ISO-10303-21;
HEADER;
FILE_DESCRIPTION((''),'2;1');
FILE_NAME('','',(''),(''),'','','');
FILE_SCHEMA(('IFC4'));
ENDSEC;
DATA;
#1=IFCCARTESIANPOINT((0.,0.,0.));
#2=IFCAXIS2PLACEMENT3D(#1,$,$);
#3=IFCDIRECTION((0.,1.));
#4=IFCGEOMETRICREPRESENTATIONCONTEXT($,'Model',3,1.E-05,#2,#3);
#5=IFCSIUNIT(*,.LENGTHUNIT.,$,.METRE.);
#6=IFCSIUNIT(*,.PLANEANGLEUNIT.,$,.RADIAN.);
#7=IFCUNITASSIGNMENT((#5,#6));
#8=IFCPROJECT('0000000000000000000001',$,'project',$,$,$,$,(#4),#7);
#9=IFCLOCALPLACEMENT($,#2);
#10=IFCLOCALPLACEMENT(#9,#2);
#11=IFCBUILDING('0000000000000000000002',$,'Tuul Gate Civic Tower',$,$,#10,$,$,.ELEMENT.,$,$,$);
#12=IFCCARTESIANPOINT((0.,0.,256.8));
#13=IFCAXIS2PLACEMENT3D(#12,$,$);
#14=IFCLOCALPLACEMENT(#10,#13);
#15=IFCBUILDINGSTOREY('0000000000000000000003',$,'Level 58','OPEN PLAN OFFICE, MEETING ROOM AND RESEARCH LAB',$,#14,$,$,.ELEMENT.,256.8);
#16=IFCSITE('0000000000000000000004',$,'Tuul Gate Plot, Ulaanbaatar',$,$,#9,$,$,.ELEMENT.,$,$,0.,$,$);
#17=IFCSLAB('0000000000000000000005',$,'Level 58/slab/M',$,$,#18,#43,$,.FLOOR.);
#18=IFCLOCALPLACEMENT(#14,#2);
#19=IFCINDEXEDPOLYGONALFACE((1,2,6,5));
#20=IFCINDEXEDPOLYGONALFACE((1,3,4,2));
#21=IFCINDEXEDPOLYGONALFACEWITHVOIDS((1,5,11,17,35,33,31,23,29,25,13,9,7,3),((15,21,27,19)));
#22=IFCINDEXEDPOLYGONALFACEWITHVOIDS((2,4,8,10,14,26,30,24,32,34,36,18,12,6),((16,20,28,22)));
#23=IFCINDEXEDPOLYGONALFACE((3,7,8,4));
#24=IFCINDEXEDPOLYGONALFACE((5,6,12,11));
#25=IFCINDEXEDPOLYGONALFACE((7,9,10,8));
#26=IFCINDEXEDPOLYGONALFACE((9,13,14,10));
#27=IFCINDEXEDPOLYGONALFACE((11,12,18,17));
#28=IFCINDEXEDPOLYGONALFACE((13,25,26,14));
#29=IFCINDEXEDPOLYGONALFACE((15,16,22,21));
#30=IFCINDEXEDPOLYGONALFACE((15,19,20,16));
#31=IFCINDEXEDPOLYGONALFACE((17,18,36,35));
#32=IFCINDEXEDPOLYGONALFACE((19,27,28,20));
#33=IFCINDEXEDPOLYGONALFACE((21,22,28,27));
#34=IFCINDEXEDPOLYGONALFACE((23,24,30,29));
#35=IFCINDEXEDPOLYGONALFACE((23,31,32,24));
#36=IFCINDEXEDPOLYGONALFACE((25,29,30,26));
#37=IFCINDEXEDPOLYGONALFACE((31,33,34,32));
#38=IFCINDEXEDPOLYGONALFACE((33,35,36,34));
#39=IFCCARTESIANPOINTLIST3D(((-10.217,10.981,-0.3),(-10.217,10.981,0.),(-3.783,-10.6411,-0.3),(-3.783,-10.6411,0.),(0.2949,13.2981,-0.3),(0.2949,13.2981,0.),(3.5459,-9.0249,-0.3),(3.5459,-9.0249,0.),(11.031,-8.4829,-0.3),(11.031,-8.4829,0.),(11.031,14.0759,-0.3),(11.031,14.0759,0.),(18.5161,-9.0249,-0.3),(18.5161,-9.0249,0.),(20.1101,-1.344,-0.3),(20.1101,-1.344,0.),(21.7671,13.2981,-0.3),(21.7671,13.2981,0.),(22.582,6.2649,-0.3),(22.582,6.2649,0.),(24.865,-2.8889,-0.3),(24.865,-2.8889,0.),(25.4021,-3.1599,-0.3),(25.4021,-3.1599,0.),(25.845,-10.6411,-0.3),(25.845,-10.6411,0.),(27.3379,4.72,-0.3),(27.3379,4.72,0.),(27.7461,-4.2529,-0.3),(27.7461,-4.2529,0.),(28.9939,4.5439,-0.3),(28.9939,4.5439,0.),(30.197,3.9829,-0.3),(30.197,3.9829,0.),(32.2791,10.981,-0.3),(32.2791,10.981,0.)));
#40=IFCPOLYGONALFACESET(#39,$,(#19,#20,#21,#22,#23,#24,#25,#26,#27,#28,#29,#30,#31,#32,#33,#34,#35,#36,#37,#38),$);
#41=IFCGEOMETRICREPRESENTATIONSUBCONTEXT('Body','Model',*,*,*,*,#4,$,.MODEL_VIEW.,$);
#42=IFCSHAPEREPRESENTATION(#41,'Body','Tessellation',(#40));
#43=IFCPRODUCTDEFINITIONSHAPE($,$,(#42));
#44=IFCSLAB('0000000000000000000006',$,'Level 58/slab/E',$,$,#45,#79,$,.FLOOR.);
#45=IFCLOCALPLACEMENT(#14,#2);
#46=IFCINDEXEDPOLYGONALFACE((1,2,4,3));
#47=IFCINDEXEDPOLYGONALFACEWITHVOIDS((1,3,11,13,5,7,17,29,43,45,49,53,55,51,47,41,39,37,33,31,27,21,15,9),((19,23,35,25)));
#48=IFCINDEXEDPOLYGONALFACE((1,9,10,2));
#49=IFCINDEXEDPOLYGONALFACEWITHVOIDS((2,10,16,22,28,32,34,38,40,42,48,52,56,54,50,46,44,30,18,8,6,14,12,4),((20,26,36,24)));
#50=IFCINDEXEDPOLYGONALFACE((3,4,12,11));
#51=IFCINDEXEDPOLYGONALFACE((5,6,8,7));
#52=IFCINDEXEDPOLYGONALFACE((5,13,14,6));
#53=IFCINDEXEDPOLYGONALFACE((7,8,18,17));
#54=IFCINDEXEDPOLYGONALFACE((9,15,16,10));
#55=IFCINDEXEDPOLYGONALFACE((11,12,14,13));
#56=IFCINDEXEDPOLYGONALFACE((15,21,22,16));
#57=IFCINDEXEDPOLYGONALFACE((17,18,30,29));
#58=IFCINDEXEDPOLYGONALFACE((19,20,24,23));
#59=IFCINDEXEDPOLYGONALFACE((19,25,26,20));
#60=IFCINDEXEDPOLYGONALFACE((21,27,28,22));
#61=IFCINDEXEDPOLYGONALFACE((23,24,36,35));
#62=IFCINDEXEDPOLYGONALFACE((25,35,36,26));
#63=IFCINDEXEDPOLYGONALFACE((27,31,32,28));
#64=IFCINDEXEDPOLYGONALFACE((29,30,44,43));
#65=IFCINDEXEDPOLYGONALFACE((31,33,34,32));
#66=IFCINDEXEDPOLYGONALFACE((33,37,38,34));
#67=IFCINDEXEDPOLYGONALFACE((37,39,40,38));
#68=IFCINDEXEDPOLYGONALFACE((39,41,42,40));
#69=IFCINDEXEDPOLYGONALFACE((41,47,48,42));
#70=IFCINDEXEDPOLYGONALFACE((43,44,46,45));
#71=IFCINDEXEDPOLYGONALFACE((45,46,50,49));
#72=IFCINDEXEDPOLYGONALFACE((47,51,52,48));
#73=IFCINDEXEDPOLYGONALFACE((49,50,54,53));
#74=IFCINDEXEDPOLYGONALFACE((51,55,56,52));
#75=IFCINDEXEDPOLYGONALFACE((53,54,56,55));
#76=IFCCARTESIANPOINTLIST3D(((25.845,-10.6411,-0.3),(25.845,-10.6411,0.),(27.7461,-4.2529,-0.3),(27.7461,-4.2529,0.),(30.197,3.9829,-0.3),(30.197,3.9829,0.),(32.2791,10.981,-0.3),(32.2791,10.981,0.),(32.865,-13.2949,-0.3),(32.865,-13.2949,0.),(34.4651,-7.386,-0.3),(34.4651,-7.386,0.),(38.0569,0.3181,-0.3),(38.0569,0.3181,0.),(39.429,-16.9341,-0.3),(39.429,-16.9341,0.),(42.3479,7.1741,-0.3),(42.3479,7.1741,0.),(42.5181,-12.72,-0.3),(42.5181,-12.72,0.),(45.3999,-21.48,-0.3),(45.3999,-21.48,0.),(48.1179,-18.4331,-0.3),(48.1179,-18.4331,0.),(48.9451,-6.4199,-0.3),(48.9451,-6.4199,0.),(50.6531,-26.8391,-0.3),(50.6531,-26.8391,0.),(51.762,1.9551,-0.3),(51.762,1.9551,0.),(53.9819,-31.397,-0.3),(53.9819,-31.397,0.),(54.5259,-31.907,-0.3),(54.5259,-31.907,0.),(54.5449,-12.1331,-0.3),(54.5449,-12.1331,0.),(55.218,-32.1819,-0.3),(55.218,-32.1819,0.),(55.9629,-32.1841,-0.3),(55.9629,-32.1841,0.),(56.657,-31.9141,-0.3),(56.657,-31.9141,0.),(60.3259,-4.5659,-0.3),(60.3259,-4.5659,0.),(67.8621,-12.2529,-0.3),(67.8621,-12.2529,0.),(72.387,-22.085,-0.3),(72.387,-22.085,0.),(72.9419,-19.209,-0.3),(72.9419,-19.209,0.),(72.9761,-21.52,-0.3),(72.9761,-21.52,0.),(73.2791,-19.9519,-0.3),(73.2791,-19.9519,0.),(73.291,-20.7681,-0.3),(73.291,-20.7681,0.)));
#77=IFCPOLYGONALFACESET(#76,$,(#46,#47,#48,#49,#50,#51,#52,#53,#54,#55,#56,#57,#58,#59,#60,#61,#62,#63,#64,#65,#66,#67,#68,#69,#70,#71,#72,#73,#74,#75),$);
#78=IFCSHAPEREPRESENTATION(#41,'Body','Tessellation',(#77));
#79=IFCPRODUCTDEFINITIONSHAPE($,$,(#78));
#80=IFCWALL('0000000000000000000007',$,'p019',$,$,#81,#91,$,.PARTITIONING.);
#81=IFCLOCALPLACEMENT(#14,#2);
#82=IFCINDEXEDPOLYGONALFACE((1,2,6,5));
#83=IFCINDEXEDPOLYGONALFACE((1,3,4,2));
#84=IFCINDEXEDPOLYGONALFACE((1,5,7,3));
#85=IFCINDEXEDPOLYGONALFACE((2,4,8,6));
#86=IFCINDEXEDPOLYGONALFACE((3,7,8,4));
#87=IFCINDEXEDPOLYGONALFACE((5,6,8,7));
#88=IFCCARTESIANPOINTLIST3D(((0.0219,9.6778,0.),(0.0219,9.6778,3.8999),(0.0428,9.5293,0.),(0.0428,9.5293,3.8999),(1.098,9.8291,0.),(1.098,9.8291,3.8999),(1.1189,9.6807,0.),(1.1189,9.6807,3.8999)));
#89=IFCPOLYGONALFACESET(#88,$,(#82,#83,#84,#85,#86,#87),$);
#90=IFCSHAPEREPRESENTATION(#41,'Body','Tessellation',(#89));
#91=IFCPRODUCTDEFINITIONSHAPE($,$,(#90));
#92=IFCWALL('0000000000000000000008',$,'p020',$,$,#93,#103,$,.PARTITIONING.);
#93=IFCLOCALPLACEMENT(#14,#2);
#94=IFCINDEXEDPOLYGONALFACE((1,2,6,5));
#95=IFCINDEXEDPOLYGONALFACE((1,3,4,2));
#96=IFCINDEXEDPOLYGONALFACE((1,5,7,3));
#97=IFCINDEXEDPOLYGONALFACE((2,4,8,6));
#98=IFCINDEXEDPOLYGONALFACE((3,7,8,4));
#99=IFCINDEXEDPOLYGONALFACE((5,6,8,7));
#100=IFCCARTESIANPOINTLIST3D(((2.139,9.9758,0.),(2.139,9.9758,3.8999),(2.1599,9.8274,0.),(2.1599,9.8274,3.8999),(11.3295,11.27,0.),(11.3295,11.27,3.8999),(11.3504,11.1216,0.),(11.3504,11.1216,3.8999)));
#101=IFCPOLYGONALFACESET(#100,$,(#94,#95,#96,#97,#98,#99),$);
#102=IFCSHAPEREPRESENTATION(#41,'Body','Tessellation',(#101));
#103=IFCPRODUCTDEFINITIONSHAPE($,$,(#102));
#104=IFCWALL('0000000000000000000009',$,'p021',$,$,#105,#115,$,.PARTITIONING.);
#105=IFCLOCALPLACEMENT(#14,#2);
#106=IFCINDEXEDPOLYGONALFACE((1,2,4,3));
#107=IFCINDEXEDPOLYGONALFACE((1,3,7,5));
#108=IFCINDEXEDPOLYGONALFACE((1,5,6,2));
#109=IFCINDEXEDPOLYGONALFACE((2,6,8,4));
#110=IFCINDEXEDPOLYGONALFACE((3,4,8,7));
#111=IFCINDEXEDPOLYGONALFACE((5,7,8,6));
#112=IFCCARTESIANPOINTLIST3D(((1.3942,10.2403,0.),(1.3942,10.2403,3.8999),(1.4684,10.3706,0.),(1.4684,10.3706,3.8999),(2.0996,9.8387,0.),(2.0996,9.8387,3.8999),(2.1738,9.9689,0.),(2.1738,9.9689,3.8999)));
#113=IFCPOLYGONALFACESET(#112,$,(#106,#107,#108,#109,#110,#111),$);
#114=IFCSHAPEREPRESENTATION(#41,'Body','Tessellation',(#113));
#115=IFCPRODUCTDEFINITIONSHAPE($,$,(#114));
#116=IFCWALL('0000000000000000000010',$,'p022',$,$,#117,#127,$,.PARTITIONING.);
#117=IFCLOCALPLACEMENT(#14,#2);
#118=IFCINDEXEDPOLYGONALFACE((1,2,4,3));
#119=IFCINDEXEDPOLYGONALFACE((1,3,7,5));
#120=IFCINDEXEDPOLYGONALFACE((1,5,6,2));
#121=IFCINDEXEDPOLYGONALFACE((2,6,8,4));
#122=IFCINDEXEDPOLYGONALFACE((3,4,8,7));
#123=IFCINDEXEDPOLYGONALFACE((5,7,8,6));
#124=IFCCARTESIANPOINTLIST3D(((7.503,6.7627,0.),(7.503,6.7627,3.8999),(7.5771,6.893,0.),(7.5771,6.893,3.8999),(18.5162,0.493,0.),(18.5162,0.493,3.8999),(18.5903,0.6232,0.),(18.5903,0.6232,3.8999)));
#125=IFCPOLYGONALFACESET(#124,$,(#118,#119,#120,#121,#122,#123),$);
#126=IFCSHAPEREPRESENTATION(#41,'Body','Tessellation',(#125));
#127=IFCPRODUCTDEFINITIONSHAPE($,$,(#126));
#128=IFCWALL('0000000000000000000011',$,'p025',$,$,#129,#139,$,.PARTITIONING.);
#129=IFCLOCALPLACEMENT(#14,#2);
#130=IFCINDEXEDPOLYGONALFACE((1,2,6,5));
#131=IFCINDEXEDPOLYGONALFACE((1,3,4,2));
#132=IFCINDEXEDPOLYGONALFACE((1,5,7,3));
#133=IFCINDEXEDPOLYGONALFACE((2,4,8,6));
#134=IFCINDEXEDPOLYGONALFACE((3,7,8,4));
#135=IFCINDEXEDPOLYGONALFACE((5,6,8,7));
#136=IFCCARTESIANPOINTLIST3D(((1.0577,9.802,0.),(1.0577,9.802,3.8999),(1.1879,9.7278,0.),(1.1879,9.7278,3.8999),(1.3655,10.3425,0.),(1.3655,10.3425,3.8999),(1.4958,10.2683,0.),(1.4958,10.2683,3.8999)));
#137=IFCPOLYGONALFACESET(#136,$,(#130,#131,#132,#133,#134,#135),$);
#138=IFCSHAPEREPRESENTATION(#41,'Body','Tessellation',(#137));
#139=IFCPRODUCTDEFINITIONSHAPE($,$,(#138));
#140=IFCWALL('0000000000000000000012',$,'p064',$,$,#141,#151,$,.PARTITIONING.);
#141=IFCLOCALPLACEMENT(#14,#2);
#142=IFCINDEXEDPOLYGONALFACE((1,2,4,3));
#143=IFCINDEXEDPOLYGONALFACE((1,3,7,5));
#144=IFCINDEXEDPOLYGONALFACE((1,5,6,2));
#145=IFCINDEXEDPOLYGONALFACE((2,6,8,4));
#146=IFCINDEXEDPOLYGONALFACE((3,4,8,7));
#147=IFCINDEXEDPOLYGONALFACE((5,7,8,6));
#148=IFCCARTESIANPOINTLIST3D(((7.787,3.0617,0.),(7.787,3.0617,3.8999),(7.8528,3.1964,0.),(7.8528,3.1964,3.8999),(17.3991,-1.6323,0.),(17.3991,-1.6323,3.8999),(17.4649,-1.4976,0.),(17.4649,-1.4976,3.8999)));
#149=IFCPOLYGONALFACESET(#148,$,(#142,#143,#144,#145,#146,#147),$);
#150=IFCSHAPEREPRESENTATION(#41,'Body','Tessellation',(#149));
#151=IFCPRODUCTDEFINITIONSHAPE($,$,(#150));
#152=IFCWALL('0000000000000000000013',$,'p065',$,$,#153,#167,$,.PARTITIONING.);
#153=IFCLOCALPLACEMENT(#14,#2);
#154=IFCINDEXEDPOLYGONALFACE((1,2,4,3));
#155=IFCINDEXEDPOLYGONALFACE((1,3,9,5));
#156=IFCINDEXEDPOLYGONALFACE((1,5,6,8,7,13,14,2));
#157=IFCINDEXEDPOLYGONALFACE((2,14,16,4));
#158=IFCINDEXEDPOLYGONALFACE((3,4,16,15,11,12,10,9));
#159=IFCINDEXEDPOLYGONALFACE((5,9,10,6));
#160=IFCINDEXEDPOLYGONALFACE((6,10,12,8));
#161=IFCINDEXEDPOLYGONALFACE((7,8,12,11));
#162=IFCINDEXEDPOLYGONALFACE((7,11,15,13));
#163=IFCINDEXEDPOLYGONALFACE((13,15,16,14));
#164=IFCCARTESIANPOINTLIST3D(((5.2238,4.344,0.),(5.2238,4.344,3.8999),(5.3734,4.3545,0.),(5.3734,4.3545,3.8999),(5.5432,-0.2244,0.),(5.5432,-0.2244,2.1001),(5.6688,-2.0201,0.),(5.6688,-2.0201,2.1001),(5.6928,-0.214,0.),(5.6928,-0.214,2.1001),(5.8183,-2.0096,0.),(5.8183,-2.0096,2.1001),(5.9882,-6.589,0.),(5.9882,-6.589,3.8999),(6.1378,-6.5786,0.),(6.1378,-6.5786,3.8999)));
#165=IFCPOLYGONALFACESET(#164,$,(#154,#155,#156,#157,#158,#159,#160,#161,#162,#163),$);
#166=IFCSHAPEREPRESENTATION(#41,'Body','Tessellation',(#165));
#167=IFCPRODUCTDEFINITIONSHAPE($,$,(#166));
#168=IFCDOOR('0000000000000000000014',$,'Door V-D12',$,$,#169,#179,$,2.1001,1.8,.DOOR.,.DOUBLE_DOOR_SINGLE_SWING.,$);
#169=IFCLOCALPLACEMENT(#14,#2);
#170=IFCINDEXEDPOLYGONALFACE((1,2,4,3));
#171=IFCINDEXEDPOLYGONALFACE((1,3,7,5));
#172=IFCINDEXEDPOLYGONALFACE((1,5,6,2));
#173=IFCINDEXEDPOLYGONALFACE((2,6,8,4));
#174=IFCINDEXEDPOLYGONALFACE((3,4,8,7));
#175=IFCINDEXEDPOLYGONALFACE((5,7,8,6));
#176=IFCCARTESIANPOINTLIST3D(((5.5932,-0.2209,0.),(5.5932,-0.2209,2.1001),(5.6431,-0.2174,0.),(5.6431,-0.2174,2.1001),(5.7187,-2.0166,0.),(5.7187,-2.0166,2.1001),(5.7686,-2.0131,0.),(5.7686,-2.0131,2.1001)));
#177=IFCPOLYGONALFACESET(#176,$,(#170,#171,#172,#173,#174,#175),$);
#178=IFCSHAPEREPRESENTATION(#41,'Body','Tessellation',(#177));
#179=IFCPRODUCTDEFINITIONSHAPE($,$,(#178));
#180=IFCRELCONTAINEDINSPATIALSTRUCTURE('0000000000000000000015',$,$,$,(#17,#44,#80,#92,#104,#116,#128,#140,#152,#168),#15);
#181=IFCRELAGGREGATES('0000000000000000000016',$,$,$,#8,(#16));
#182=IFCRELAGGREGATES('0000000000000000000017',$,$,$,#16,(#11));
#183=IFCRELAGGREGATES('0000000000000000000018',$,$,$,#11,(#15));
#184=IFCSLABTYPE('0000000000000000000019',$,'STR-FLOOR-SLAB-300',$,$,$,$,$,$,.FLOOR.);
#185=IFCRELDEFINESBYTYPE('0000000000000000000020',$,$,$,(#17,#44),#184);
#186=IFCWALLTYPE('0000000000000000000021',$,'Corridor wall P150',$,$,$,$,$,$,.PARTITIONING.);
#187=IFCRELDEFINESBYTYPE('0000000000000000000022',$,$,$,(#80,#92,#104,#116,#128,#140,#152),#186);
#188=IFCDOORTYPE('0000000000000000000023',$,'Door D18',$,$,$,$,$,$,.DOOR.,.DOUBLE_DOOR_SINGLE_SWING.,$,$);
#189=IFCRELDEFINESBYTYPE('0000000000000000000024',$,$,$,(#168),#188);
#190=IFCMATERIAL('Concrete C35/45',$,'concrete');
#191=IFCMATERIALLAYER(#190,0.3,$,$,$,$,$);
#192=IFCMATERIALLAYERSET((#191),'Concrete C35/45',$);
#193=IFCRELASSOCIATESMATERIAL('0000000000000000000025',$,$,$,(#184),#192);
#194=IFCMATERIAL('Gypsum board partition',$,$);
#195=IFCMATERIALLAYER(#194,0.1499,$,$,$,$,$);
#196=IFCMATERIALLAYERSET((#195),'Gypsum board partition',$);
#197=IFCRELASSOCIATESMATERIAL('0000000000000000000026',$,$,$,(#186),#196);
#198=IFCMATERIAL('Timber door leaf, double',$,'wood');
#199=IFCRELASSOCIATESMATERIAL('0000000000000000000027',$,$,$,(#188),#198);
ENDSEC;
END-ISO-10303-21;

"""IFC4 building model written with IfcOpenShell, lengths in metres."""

from ifc_helpers import new_model, si_unit, direction, frame, frame_2d, origin, place, context, subcontext, project, spatial, polyline, rectangle, outline, extrude, material, layer, layer_set, type_object, element, fill, save


model = new_model("IFC4")

# Units and contexts
model_context = context("Model", 3, precision=1e-05, world=origin(), true_north=direction((0.0, 1.0)))
body_context = subcontext(model_context, "Body", "Model", "MODEL_VIEW")
ifc_project = project(units=[si_unit("LENGTHUNIT", "METRE"), si_unit("PLANEANGLEUNIT", "RADIAN")], contexts=[model_context])

# Site, building, storey
site_placement = place(None, origin())
site = spatial("IfcSite", under=ifc_project, at=site_placement, Name="Tuul Gate Plot, Ulaanbaatar", CompositionType="ELEMENT", RefElevation=0.0)
building_placement = place(site_placement, origin())
building = spatial("IfcBuilding", under=site, at=building_placement, Name="Tuul Gate Civic Tower", CompositionType="ELEMENT")
storey_placement = place(building_placement, frame((0.0, 0.0, 256.8)))
storey = spatial("IfcBuildingStorey", under=building, at=storey_placement, Name="Level 58", Description="OPEN PLAN OFFICE, MEETING ROOM AND RESEARCH LAB", CompositionType="ELEMENT", Elevation=256.8)

# Slabs
ifc_material_1 = material(Name="Concrete C35/45", Category="concrete")
ifc_layer_1 = layer(ifc_material_1, 0.3)
ifc_layer_set_1 = layer_set([ifc_layer_1], Name="Concrete C35/45")
slab_type_1 = type_object("IfcSlabType", Name="STR-FLOOR-SLAB-300", PredefinedType="FLOOR", material=ifc_layer_set_1)
slab_1_placement = place(storey_placement, frame((0.0, 0.0, -0.3)))
element("IfcSlab", 1, at=slab_1_placement, inside=storey, type_object=slab_type_1, Name="Level 58/slab/M", PredefinedType="FLOOR", context=body_context, shape_type="SweptSolid", body=[
    extrude(outline(polyline([(18.5161, -9.0249), (25.845, -10.6411), (27.7461, -4.2529), (25.4021, -3.1599), (28.9939, 4.5439), (30.197, 3.9829), (32.2791, 10.981), (21.7671, 13.2981), (11.031, 14.0759), (0.2949, 13.2981), (-10.217, 10.981), (-3.783, -10.6411), (3.5459, -9.0249), (11.031, -8.4829), (18.5161, -9.0249)]), holes=[polyline([(20.1101, -1.344), (22.582, 6.2649), (27.3379, 4.72), (24.865, -2.8889), (20.1101, -1.344)])]), origin(), (0.0, 0.0, 1.0), 0.3),
])
slab_2_placement = place(storey_placement, frame((0.0, 0.0, -0.3)))
element("IfcSlab", 2, at=slab_2_placement, inside=storey, type_object=slab_type_1, Name="Level 58/slab/E", PredefinedType="FLOOR", context=body_context, shape_type="SweptSolid", body=[
    extrude(outline(polyline([(55.9629, -32.1841), (56.657, -31.9141), (72.387, -22.085), (72.9761, -21.52), (73.291, -20.7681), (73.2791, -19.9519), (72.9419, -19.209), (67.8621, -12.2529), (60.3259, -4.5659), (51.762, 1.9551), (42.3479, 7.1741), (32.2791, 10.981), (30.197, 3.9829), (38.0569, 0.3181), (34.4651, -7.386), (27.7461, -4.2529), (25.845, -10.6411), (32.865, -13.2949), (39.429, -16.9341), (45.3999, -21.48), (50.6531, -26.8391), (53.9819, -31.397), (54.5259, -31.907), (55.218, -32.1819), (55.9629, -32.1841)]), holes=[polyline([(48.1179, -18.4331), (42.5181, -12.72), (48.9451, -6.4199), (54.5449, -12.1331), (48.1179, -18.4331)])]), origin(), (0.0, 0.0, 1.0), 0.3),
])

# Walls
ifc_material_2 = material(Name="Gypsum board partition")
ifc_layer_2 = layer(ifc_material_2, 0.1499)
ifc_layer_set_2 = layer_set([ifc_layer_2], Name="Gypsum board partition")
wall_type_1 = type_object("IfcWallType", Name="Corridor wall P150", PredefinedType="PARTITIONING", material=ifc_layer_set_2)
wall_1_placement = place(storey_placement, frame((0.0322, 9.6035, 0.0), z_axis=(0.0, 0.0, 1.0), x_axis=(0.990253, 0.139282, 0.0)))
element("IfcWall", 3, at=wall_1_placement, inside=storey, type_object=wall_type_1, Name="p019", PredefinedType="PARTITIONING", context=body_context, shape_type="SweptSolid", body=[
    extrude(rectangle(XDim=1.0867, YDim=0.1499, at=frame_2d((0.5435, 0.0))), origin(), (0.0, 0.0, 1.0), 3.8999),
])
wall_2_placement = place(storey_placement, frame((2.1494, 9.9016, 0.0), z_axis=(0.0, 0.0, 1.0), x_axis=(0.990231, 0.13944, 0.0)))
element("IfcWall", 4, at=wall_2_placement, inside=storey, type_object=wall_type_1, Name="p020", PredefinedType="PARTITIONING", context=body_context, shape_type="SweptSolid", body=[
    extrude(rectangle(XDim=9.2812, YDim=0.1499, at=frame_2d((4.6406, 0.0))), origin(), (0.0, 0.0, 1.0), 3.8999),
])
wall_3_placement = place(storey_placement, frame((1.4314, 10.3054, 0.0), z_axis=(0.0, 0.0, 1.0), x_axis=(0.869001, -0.49481, 0.0)))
element("IfcWall", 5, at=wall_3_placement, inside=storey, type_object=wall_type_1, Name="p021", PredefinedType="PARTITIONING", context=body_context, shape_type="SweptSolid", body=[
    extrude(rectangle(XDim=0.8118, YDim=0.1499, at=frame_2d((0.4058, 0.0))), origin(), (0.0, 0.0, 1.0), 3.8999),
])
wall_4_placement = place(storey_placement, frame((7.54, 6.8279, 0.0), z_axis=(0.0, 0.0, 1.0), x_axis=(0.86904, -0.494742, 0.0)))
element("IfcWall", 6, at=wall_4_placement, inside=storey, type_object=wall_type_1, Name="p022", PredefinedType="PARTITIONING", context=body_context, shape_type="SweptSolid", body=[
    extrude(rectangle(XDim=12.6729, YDim=0.1499, at=frame_2d((6.3364, 0.0))), origin(), (0.0, 0.0, 1.0), 3.8999),
])
wall_5_placement = place(storey_placement, frame((1.1228, 9.7649, 0.0), z_axis=(0.0, 0.0, 1.0), x_axis=(0.494913, 0.868943, 0.0)))
element("IfcWall", 7, at=wall_5_placement, inside=storey, type_object=wall_type_1, Name="p025", PredefinedType="PARTITIONING", context=body_context, shape_type="SweptSolid", body=[
    extrude(rectangle(XDim=0.6221, YDim=0.1499, at=frame_2d((0.311, 0.0))), origin(), (0.0, 0.0, 1.0), 3.8999),
])
wall_6_placement = place(storey_placement, frame((7.8198, 3.1292, 0.0), z_axis=(0.0, 0.0, 1.0), x_axis=(0.898574, -0.438822, 0.0)))
element("IfcWall", 8, at=wall_6_placement, inside=storey, type_object=wall_type_1, Name="p064", PredefinedType="PARTITIONING", context=body_context, shape_type="SweptSolid", body=[
    extrude(rectangle(XDim=10.697, YDim=0.1499, at=frame_2d((5.3486, 0.0))), origin(), (0.0, 0.0, 1.0), 3.8999),
])

# Wall, opening, door
wall_7_placement = place(storey_placement, frame((5.2986, 4.3494, 0.0), z_axis=(0.0, 0.0, 1.0), x_axis=(0.069746, -0.997565, 0.0)))
wall_7 = element("IfcWall", 9, at=wall_7_placement, inside=storey, type_object=wall_type_1, Name="p065", PredefinedType="PARTITIONING", context=body_context, shape_type="SweptSolid", body=[
    extrude(rectangle(XDim=10.9597, YDim=0.1499, at=frame_2d((5.48, 0.0))), origin(), (0.0, 0.0, 1.0), 3.8999),
])
opening_1_placement = place(wall_7_placement, frame((4.5798, 0.0, 0.0)))
opening_1 = element("IfcOpeningElement", 10, at=opening_1_placement, cuts=wall_7, PredefinedType="OPENING", context=body_context, shape_type="SweptSolid", body=[
    extrude(rectangle(XDim=1.8, YDim=2.1001, at=frame_2d((0.8999, 1.05))), frame((0.0, 0.085, 0.0), z_axis=(0.0, -1.0, 0.0), x_axis=(1.0, 0.0, 0.0)), (0.0, 0.0, 1.0), 0.1699),
])
ifc_material_3 = material(Name="Timber door leaf, double", Category="wood")
door_type_1 = type_object("IfcDoorType", Name="Door D18", OperationType="DOUBLE_DOOR_SINGLE_SWING", PredefinedType="DOOR", material=ifc_material_3)
door_1_placement = place(opening_1_placement, frame((1.8, 0.0, 0.0), z_axis=(0.0, 0.0, 1.0), x_axis=(-1.0, 0.0, 0.0)))
door_1 = element("IfcDoor", 11, at=door_1_placement, inside=storey, type_object=door_type_1, Name="Door V-D12", OperationType="DOUBLE_DOOR_SINGLE_SWING", OverallHeight=2.1001, OverallWidth=1.8, PredefinedType="DOOR", context=body_context, shape_type="SweptSolid", body=[
    extrude(rectangle(XDim=1.8, YDim=2.1001, at=frame_2d((0.9001, 1.05))), frame((0.0, 0.0249, 0.0), z_axis=(0.0, -1.0, 0.0), x_axis=(1.0, 0.0, 0.0)), (0.0, 0.0, 1.0), 0.05),
])
fill(opening_1, door_1)

save(model, "model.ifc")
